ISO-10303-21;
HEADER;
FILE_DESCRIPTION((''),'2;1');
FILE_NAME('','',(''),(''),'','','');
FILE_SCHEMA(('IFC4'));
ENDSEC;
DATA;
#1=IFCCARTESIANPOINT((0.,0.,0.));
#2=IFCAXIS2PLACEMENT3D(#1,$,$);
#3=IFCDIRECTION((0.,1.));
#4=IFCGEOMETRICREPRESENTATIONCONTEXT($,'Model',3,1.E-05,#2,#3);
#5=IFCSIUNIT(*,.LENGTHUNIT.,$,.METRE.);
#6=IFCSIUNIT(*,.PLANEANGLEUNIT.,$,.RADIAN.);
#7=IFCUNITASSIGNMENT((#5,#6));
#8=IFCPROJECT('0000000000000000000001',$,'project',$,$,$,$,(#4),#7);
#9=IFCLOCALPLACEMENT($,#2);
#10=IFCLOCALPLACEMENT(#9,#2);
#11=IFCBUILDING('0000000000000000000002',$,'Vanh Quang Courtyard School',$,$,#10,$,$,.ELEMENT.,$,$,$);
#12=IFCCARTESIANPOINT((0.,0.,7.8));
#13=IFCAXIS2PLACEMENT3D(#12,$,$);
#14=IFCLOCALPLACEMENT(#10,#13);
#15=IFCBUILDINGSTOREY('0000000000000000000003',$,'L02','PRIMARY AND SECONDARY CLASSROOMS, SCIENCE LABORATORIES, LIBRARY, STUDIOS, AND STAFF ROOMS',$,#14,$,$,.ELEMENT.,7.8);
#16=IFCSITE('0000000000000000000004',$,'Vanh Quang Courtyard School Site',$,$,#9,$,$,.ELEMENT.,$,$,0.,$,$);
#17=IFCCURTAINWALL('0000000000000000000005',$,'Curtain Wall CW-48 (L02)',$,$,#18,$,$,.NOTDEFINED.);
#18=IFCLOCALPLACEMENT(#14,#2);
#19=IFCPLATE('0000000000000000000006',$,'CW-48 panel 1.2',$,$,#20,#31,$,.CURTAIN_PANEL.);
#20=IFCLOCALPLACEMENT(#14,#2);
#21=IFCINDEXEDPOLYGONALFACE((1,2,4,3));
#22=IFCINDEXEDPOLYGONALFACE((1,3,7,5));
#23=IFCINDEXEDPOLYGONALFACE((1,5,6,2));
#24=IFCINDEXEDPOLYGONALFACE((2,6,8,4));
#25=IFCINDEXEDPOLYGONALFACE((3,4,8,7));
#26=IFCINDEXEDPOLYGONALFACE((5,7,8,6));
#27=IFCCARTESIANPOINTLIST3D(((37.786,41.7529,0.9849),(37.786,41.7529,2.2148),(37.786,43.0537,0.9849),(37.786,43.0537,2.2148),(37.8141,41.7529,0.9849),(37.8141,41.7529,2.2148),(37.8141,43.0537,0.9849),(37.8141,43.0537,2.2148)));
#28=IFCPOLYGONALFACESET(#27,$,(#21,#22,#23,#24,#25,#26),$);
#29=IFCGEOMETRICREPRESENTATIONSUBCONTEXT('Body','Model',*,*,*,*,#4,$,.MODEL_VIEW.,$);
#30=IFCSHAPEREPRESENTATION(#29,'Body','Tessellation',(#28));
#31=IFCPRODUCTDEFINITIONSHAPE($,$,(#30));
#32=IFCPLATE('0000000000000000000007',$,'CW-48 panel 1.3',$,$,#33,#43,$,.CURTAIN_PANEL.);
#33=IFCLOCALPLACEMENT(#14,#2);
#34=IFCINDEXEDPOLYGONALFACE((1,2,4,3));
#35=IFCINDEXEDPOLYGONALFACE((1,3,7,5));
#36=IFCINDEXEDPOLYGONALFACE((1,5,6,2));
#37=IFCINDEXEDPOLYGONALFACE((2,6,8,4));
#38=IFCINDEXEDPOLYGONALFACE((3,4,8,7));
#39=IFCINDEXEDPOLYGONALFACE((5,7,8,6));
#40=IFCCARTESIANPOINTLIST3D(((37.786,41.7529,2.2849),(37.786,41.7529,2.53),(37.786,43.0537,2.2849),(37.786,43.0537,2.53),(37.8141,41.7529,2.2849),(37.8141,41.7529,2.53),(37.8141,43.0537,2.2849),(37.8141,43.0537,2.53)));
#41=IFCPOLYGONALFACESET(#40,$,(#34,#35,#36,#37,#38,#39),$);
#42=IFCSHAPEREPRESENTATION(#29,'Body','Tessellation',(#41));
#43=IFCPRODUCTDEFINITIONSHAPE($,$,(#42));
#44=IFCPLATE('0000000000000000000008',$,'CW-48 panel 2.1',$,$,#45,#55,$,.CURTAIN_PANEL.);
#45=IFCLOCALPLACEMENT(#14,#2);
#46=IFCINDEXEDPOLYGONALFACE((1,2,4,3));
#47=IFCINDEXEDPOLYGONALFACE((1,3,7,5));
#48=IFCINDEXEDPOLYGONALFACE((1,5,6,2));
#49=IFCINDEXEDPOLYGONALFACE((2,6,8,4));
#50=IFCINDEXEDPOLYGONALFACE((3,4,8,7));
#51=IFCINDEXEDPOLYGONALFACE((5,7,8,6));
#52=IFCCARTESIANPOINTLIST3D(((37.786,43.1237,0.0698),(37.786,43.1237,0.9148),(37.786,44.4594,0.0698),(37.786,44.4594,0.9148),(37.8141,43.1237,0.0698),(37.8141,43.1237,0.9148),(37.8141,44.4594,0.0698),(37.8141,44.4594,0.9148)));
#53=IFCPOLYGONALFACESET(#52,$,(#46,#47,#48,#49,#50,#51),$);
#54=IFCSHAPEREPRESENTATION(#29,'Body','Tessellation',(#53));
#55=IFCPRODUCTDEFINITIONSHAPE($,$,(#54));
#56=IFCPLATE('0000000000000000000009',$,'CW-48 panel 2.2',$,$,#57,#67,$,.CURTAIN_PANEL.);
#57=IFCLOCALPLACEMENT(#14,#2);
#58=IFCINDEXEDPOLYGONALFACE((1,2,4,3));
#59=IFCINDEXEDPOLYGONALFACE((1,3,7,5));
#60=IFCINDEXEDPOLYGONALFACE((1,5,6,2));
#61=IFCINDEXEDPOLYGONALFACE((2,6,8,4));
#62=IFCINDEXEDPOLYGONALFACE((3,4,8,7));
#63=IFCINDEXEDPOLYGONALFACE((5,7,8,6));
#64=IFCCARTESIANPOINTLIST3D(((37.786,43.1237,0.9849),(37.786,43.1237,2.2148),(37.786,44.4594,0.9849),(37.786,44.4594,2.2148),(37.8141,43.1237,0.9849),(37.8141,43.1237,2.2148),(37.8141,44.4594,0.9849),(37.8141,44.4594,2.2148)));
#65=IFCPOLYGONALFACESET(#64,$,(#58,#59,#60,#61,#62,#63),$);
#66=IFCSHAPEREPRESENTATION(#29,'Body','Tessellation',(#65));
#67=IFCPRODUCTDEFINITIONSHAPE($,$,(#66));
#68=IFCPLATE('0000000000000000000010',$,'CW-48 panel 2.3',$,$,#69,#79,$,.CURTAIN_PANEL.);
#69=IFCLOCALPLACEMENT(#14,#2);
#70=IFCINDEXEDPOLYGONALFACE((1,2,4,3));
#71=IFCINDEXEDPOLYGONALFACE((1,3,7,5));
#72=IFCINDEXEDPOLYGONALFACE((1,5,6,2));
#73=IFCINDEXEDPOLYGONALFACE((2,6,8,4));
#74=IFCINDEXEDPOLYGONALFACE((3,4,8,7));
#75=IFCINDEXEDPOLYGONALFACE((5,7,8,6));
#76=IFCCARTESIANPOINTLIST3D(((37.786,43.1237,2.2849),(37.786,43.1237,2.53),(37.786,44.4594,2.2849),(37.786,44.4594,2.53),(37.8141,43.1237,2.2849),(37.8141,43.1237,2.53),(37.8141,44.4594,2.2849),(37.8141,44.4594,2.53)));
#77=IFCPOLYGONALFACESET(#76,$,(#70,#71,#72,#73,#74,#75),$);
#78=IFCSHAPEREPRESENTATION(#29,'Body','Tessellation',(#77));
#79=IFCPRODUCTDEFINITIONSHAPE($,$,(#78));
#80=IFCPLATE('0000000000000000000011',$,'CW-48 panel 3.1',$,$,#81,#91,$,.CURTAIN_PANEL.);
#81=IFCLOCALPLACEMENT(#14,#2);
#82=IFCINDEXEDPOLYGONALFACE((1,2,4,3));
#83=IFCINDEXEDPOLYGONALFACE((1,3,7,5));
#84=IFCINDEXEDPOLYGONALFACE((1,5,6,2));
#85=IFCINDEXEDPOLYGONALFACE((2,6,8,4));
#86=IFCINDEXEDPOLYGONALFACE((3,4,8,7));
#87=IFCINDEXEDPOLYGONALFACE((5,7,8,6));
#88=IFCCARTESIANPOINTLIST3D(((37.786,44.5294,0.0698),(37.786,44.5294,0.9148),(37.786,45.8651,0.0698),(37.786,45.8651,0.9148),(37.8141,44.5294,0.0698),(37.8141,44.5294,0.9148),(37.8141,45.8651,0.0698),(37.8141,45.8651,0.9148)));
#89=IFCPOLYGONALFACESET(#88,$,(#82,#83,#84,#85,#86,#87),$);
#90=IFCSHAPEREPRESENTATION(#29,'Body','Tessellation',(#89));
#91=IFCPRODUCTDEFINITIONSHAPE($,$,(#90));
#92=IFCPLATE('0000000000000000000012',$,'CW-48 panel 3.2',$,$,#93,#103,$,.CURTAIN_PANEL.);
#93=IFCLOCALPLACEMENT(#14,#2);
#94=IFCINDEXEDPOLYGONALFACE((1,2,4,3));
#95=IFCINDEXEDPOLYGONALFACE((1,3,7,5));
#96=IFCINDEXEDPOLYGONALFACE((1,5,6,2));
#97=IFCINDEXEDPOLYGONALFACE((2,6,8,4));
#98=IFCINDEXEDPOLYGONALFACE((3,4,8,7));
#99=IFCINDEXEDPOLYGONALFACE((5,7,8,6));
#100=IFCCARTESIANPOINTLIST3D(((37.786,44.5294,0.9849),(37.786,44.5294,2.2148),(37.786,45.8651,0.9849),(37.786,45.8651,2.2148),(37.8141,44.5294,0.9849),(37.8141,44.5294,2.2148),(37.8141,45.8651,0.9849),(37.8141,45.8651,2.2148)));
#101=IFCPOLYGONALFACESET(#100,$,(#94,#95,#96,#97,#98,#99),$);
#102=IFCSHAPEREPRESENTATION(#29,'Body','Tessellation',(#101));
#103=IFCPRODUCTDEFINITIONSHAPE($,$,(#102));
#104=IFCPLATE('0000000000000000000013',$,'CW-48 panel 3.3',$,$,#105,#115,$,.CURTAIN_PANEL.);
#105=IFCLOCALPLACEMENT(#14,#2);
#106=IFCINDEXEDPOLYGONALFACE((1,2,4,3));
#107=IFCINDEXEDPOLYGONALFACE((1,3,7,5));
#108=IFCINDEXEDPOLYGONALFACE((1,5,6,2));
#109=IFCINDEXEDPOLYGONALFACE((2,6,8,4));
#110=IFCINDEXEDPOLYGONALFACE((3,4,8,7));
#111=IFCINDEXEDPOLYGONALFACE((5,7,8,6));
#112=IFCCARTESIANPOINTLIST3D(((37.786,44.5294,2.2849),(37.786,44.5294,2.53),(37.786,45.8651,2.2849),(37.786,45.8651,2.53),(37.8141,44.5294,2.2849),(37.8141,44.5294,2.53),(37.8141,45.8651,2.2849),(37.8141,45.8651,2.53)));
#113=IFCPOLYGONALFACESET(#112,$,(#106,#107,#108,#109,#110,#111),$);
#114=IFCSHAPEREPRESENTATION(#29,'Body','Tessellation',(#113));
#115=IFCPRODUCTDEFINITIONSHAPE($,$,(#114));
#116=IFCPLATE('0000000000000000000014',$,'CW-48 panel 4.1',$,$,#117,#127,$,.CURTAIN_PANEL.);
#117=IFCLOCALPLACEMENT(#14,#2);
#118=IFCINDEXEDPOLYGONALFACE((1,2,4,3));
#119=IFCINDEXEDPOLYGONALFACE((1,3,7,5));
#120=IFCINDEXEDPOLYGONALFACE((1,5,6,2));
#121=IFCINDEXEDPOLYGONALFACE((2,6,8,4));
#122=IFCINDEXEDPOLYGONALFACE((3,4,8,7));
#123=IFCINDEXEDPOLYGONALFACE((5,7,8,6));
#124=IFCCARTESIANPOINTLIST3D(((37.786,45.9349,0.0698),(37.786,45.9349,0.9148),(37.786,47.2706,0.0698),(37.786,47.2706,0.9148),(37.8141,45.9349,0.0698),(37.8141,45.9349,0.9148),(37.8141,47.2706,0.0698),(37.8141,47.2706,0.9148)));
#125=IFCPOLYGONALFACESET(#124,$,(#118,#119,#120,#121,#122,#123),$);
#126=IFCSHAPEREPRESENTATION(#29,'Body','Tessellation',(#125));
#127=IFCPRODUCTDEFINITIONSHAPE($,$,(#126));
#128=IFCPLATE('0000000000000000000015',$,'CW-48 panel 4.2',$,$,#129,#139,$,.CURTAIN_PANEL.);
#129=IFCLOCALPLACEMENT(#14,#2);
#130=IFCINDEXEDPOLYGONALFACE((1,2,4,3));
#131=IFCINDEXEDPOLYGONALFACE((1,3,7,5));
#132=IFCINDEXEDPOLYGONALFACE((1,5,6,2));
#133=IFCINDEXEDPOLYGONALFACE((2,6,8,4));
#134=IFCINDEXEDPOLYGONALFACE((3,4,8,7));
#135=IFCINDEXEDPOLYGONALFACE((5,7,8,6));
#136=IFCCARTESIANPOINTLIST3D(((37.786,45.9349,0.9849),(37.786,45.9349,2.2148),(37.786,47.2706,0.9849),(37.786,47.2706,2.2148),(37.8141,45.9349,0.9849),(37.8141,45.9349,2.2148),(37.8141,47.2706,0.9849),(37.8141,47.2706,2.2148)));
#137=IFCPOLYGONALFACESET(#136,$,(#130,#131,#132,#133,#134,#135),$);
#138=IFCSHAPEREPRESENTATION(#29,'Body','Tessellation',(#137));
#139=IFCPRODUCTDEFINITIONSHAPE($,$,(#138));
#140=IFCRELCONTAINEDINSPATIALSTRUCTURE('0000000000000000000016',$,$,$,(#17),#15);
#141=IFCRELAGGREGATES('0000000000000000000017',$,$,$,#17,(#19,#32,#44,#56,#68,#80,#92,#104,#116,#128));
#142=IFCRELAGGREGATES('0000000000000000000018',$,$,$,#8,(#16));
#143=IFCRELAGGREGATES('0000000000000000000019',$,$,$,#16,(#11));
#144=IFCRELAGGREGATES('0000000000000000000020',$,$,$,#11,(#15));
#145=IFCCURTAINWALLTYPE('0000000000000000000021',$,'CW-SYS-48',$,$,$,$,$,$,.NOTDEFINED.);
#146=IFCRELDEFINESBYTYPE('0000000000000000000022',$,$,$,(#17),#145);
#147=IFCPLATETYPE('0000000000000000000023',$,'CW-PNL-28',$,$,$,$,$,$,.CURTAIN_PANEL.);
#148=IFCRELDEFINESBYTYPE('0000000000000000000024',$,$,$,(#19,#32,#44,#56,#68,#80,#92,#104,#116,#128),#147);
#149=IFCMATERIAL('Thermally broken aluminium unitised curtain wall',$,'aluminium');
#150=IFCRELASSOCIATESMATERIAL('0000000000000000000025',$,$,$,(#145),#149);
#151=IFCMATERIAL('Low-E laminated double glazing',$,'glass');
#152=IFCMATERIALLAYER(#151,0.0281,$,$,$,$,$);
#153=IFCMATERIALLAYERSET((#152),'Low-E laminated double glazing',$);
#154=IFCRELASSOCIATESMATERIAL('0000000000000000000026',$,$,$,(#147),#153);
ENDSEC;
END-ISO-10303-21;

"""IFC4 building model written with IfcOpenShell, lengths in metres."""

from ifc_helpers import new_model, si_unit, direction, frame, origin, origin_2d, place, context, subcontext, project, spatial, rectangle, extrude, material, layer, layer_set, type_object, element, aggregate, save


model = new_model("IFC4")

# Units and contexts
model_context = context("Model", 3, precision=1e-05, world=origin(), true_north=direction((0.0, 1.0)))
body_context = subcontext(model_context, "Body", "Model", "MODEL_VIEW")
ifc_project = project(units=[si_unit("LENGTHUNIT", "METRE"), si_unit("PLANEANGLEUNIT", "RADIAN")], contexts=[model_context])

# Site, building, storey
site_placement = place(None, origin())
site = spatial("IfcSite", under=ifc_project, at=site_placement, Name="Vanh Quang Courtyard School Site", CompositionType="ELEMENT", RefElevation=0.0)
building_placement = place(site_placement, origin())
building = spatial("IfcBuilding", under=site, at=building_placement, Name="Vanh Quang Courtyard School", CompositionType="ELEMENT")
storey_placement = place(building_placement, frame((0.0, 0.0, 7.8)))
storey = spatial("IfcBuildingStorey", under=building, at=storey_placement, Name="L02", Description="PRIMARY AND SECONDARY CLASSROOMS, SCIENCE LABORATORIES, LIBRARY, STUDIOS, AND STAFF ROOMS", CompositionType="ELEMENT", Elevation=7.8)

# Curtain wall, plates
ifc_material_1 = material(Name="Thermally broken aluminium unitised curtain wall", Category="aluminium")
curtain_wall_type = type_object("IfcCurtainWallType", Name="CW-SYS-48", PredefinedType="NOTDEFINED", material=ifc_material_1)
curtain_wall_placement = place(storey_placement, origin())
curtain_wall = element("IfcCurtainWall", 1, at=curtain_wall_placement, inside=storey, type_object=curtain_wall_type, Name="Curtain Wall CW-48 (L02)", PredefinedType="NOTDEFINED")
ifc_material_2 = material(Name="Low-E laminated double glazing", Category="glass")
ifc_layer = layer(ifc_material_2, 0.0281)
ifc_layer_set = layer_set([ifc_layer], Name="Low-E laminated double glazing")
plate_type = type_object("IfcPlateType", Name="CW-PNL-28", PredefinedType="CURTAIN_PANEL", material=ifc_layer_set)
plate_1_placement = place(storey_placement, frame((37.8, 42.4033, 0.9849), z_axis=(0.0, 0.0, 1.0), x_axis=(0.0, 1.0, 0.0)))
plate_1 = element("IfcPlate", 2, at=plate_1_placement, type_object=plate_type, Name="CW-48 panel 1.2", PredefinedType="CURTAIN_PANEL", context=body_context, shape_type="SweptSolid", body=[
    extrude(rectangle(XDim=1.3008, YDim=0.0281, at=origin_2d()), origin(), (0.0, 0.0, 1.0), 1.23),
])
plate_2_placement = place(storey_placement, frame((37.8, 42.4033, 2.2849), z_axis=(0.0, 0.0, 1.0), x_axis=(0.0, 1.0, 0.0)))
plate_2 = element("IfcPlate", 3, at=plate_2_placement, type_object=plate_type, Name="CW-48 panel 1.3", PredefinedType="CURTAIN_PANEL", context=body_context, shape_type="SweptSolid", body=[
    extrude(rectangle(XDim=1.3008, YDim=0.0281, at=origin_2d()), origin(), (0.0, 0.0, 1.0), 0.2451),
])
plate_3_placement = place(storey_placement, frame((37.8, 43.7915, 0.0698), z_axis=(0.0, 0.0, 1.0), x_axis=(0.0, 1.0, 0.0)))
plate_3 = element("IfcPlate", 4, at=plate_3_placement, type_object=plate_type, Name="CW-48 panel 2.1", PredefinedType="CURTAIN_PANEL", context=body_context, shape_type="SweptSolid", body=[
    extrude(rectangle(XDim=1.3357, YDim=0.0281, at=origin_2d()), origin(), (0.0, 0.0, 1.0), 0.845),
])
plate_4_placement = place(storey_placement, frame((37.8, 43.7915, 0.9849), z_axis=(0.0, 0.0, 1.0), x_axis=(0.0, 1.0, 0.0)))
plate_4 = element("IfcPlate", 5, at=plate_4_placement, type_object=plate_type, Name="CW-48 panel 2.2", PredefinedType="CURTAIN_PANEL", context=body_context, shape_type="SweptSolid", body=[
    extrude(rectangle(XDim=1.3357, YDim=0.0281, at=origin_2d()), origin(), (0.0, 0.0, 1.0), 1.23),
])
plate_5_placement = place(storey_placement, frame((37.8, 43.7915, 2.2849), z_axis=(0.0, 0.0, 1.0), x_axis=(0.0, 1.0, 0.0)))
plate_5 = element("IfcPlate", 6, at=plate_5_placement, type_object=plate_type, Name="CW-48 panel 2.3", PredefinedType="CURTAIN_PANEL", context=body_context, shape_type="SweptSolid", body=[
    extrude(rectangle(XDim=1.3357, YDim=0.0281, at=origin_2d()), origin(), (0.0, 0.0, 1.0), 0.2451),
])
plate_6_placement = place(storey_placement, frame((37.8, 45.1973, 0.0698), z_axis=(0.0, 0.0, 1.0), x_axis=(0.0, 1.0, 0.0)))
plate_6 = element("IfcPlate", 7, at=plate_6_placement, type_object=plate_type, Name="CW-48 panel 3.1", PredefinedType="CURTAIN_PANEL", context=body_context, shape_type="SweptSolid", body=[
    extrude(rectangle(XDim=1.3357, YDim=0.0281, at=origin_2d()), origin(), (0.0, 0.0, 1.0), 0.845),
])
plate_7_placement = place(storey_placement, frame((37.8, 45.1973, 0.9849), z_axis=(0.0, 0.0, 1.0), x_axis=(0.0, 1.0, 0.0)))
plate_7 = element("IfcPlate", 8, at=plate_7_placement, type_object=plate_type, Name="CW-48 panel 3.2", PredefinedType="CURTAIN_PANEL", context=body_context, shape_type="SweptSolid", body=[
    extrude(rectangle(XDim=1.3357, YDim=0.0281, at=origin_2d()), origin(), (0.0, 0.0, 1.0), 1.23),
])
plate_8_placement = place(storey_placement, frame((37.8, 45.1973, 2.2849), z_axis=(0.0, 0.0, 1.0), x_axis=(0.0, 1.0, 0.0)))
plate_8 = element("IfcPlate", 9, at=plate_8_placement, type_object=plate_type, Name="CW-48 panel 3.3", PredefinedType="CURTAIN_PANEL", context=body_context, shape_type="SweptSolid", body=[
    extrude(rectangle(XDim=1.3357, YDim=0.0281, at=origin_2d()), origin(), (0.0, 0.0, 1.0), 0.2451),
])
plate_9_placement = place(storey_placement, frame((37.8, 46.6028, 0.0698), z_axis=(0.0, 0.0, 1.0), x_axis=(0.0, 1.0, 0.0)))
plate_9 = element("IfcPlate", 10, at=plate_9_placement, type_object=plate_type, Name="CW-48 panel 4.1", PredefinedType="CURTAIN_PANEL", context=body_context, shape_type="SweptSolid", body=[
    extrude(rectangle(XDim=1.3357, YDim=0.0281, at=origin_2d()), origin(), (0.0, 0.0, 1.0), 0.845),
])
plate_10_placement = place(storey_placement, frame((37.8, 46.6028, 0.9849), z_axis=(0.0, 0.0, 1.0), x_axis=(0.0, 1.0, 0.0)))
plate_10 = element("IfcPlate", 11, at=plate_10_placement, type_object=plate_type, Name="CW-48 panel 4.2", PredefinedType="CURTAIN_PANEL", context=body_context, shape_type="SweptSolid", body=[
    extrude(rectangle(XDim=1.3357, YDim=0.0281, at=origin_2d()), origin(), (0.0, 0.0, 1.0), 1.23),
])
aggregate(curtain_wall, [plate_1, plate_2, plate_3, plate_4, plate_5, plate_6, plate_7, plate_8, plate_9, plate_10])

save(model, "model.ifc")
